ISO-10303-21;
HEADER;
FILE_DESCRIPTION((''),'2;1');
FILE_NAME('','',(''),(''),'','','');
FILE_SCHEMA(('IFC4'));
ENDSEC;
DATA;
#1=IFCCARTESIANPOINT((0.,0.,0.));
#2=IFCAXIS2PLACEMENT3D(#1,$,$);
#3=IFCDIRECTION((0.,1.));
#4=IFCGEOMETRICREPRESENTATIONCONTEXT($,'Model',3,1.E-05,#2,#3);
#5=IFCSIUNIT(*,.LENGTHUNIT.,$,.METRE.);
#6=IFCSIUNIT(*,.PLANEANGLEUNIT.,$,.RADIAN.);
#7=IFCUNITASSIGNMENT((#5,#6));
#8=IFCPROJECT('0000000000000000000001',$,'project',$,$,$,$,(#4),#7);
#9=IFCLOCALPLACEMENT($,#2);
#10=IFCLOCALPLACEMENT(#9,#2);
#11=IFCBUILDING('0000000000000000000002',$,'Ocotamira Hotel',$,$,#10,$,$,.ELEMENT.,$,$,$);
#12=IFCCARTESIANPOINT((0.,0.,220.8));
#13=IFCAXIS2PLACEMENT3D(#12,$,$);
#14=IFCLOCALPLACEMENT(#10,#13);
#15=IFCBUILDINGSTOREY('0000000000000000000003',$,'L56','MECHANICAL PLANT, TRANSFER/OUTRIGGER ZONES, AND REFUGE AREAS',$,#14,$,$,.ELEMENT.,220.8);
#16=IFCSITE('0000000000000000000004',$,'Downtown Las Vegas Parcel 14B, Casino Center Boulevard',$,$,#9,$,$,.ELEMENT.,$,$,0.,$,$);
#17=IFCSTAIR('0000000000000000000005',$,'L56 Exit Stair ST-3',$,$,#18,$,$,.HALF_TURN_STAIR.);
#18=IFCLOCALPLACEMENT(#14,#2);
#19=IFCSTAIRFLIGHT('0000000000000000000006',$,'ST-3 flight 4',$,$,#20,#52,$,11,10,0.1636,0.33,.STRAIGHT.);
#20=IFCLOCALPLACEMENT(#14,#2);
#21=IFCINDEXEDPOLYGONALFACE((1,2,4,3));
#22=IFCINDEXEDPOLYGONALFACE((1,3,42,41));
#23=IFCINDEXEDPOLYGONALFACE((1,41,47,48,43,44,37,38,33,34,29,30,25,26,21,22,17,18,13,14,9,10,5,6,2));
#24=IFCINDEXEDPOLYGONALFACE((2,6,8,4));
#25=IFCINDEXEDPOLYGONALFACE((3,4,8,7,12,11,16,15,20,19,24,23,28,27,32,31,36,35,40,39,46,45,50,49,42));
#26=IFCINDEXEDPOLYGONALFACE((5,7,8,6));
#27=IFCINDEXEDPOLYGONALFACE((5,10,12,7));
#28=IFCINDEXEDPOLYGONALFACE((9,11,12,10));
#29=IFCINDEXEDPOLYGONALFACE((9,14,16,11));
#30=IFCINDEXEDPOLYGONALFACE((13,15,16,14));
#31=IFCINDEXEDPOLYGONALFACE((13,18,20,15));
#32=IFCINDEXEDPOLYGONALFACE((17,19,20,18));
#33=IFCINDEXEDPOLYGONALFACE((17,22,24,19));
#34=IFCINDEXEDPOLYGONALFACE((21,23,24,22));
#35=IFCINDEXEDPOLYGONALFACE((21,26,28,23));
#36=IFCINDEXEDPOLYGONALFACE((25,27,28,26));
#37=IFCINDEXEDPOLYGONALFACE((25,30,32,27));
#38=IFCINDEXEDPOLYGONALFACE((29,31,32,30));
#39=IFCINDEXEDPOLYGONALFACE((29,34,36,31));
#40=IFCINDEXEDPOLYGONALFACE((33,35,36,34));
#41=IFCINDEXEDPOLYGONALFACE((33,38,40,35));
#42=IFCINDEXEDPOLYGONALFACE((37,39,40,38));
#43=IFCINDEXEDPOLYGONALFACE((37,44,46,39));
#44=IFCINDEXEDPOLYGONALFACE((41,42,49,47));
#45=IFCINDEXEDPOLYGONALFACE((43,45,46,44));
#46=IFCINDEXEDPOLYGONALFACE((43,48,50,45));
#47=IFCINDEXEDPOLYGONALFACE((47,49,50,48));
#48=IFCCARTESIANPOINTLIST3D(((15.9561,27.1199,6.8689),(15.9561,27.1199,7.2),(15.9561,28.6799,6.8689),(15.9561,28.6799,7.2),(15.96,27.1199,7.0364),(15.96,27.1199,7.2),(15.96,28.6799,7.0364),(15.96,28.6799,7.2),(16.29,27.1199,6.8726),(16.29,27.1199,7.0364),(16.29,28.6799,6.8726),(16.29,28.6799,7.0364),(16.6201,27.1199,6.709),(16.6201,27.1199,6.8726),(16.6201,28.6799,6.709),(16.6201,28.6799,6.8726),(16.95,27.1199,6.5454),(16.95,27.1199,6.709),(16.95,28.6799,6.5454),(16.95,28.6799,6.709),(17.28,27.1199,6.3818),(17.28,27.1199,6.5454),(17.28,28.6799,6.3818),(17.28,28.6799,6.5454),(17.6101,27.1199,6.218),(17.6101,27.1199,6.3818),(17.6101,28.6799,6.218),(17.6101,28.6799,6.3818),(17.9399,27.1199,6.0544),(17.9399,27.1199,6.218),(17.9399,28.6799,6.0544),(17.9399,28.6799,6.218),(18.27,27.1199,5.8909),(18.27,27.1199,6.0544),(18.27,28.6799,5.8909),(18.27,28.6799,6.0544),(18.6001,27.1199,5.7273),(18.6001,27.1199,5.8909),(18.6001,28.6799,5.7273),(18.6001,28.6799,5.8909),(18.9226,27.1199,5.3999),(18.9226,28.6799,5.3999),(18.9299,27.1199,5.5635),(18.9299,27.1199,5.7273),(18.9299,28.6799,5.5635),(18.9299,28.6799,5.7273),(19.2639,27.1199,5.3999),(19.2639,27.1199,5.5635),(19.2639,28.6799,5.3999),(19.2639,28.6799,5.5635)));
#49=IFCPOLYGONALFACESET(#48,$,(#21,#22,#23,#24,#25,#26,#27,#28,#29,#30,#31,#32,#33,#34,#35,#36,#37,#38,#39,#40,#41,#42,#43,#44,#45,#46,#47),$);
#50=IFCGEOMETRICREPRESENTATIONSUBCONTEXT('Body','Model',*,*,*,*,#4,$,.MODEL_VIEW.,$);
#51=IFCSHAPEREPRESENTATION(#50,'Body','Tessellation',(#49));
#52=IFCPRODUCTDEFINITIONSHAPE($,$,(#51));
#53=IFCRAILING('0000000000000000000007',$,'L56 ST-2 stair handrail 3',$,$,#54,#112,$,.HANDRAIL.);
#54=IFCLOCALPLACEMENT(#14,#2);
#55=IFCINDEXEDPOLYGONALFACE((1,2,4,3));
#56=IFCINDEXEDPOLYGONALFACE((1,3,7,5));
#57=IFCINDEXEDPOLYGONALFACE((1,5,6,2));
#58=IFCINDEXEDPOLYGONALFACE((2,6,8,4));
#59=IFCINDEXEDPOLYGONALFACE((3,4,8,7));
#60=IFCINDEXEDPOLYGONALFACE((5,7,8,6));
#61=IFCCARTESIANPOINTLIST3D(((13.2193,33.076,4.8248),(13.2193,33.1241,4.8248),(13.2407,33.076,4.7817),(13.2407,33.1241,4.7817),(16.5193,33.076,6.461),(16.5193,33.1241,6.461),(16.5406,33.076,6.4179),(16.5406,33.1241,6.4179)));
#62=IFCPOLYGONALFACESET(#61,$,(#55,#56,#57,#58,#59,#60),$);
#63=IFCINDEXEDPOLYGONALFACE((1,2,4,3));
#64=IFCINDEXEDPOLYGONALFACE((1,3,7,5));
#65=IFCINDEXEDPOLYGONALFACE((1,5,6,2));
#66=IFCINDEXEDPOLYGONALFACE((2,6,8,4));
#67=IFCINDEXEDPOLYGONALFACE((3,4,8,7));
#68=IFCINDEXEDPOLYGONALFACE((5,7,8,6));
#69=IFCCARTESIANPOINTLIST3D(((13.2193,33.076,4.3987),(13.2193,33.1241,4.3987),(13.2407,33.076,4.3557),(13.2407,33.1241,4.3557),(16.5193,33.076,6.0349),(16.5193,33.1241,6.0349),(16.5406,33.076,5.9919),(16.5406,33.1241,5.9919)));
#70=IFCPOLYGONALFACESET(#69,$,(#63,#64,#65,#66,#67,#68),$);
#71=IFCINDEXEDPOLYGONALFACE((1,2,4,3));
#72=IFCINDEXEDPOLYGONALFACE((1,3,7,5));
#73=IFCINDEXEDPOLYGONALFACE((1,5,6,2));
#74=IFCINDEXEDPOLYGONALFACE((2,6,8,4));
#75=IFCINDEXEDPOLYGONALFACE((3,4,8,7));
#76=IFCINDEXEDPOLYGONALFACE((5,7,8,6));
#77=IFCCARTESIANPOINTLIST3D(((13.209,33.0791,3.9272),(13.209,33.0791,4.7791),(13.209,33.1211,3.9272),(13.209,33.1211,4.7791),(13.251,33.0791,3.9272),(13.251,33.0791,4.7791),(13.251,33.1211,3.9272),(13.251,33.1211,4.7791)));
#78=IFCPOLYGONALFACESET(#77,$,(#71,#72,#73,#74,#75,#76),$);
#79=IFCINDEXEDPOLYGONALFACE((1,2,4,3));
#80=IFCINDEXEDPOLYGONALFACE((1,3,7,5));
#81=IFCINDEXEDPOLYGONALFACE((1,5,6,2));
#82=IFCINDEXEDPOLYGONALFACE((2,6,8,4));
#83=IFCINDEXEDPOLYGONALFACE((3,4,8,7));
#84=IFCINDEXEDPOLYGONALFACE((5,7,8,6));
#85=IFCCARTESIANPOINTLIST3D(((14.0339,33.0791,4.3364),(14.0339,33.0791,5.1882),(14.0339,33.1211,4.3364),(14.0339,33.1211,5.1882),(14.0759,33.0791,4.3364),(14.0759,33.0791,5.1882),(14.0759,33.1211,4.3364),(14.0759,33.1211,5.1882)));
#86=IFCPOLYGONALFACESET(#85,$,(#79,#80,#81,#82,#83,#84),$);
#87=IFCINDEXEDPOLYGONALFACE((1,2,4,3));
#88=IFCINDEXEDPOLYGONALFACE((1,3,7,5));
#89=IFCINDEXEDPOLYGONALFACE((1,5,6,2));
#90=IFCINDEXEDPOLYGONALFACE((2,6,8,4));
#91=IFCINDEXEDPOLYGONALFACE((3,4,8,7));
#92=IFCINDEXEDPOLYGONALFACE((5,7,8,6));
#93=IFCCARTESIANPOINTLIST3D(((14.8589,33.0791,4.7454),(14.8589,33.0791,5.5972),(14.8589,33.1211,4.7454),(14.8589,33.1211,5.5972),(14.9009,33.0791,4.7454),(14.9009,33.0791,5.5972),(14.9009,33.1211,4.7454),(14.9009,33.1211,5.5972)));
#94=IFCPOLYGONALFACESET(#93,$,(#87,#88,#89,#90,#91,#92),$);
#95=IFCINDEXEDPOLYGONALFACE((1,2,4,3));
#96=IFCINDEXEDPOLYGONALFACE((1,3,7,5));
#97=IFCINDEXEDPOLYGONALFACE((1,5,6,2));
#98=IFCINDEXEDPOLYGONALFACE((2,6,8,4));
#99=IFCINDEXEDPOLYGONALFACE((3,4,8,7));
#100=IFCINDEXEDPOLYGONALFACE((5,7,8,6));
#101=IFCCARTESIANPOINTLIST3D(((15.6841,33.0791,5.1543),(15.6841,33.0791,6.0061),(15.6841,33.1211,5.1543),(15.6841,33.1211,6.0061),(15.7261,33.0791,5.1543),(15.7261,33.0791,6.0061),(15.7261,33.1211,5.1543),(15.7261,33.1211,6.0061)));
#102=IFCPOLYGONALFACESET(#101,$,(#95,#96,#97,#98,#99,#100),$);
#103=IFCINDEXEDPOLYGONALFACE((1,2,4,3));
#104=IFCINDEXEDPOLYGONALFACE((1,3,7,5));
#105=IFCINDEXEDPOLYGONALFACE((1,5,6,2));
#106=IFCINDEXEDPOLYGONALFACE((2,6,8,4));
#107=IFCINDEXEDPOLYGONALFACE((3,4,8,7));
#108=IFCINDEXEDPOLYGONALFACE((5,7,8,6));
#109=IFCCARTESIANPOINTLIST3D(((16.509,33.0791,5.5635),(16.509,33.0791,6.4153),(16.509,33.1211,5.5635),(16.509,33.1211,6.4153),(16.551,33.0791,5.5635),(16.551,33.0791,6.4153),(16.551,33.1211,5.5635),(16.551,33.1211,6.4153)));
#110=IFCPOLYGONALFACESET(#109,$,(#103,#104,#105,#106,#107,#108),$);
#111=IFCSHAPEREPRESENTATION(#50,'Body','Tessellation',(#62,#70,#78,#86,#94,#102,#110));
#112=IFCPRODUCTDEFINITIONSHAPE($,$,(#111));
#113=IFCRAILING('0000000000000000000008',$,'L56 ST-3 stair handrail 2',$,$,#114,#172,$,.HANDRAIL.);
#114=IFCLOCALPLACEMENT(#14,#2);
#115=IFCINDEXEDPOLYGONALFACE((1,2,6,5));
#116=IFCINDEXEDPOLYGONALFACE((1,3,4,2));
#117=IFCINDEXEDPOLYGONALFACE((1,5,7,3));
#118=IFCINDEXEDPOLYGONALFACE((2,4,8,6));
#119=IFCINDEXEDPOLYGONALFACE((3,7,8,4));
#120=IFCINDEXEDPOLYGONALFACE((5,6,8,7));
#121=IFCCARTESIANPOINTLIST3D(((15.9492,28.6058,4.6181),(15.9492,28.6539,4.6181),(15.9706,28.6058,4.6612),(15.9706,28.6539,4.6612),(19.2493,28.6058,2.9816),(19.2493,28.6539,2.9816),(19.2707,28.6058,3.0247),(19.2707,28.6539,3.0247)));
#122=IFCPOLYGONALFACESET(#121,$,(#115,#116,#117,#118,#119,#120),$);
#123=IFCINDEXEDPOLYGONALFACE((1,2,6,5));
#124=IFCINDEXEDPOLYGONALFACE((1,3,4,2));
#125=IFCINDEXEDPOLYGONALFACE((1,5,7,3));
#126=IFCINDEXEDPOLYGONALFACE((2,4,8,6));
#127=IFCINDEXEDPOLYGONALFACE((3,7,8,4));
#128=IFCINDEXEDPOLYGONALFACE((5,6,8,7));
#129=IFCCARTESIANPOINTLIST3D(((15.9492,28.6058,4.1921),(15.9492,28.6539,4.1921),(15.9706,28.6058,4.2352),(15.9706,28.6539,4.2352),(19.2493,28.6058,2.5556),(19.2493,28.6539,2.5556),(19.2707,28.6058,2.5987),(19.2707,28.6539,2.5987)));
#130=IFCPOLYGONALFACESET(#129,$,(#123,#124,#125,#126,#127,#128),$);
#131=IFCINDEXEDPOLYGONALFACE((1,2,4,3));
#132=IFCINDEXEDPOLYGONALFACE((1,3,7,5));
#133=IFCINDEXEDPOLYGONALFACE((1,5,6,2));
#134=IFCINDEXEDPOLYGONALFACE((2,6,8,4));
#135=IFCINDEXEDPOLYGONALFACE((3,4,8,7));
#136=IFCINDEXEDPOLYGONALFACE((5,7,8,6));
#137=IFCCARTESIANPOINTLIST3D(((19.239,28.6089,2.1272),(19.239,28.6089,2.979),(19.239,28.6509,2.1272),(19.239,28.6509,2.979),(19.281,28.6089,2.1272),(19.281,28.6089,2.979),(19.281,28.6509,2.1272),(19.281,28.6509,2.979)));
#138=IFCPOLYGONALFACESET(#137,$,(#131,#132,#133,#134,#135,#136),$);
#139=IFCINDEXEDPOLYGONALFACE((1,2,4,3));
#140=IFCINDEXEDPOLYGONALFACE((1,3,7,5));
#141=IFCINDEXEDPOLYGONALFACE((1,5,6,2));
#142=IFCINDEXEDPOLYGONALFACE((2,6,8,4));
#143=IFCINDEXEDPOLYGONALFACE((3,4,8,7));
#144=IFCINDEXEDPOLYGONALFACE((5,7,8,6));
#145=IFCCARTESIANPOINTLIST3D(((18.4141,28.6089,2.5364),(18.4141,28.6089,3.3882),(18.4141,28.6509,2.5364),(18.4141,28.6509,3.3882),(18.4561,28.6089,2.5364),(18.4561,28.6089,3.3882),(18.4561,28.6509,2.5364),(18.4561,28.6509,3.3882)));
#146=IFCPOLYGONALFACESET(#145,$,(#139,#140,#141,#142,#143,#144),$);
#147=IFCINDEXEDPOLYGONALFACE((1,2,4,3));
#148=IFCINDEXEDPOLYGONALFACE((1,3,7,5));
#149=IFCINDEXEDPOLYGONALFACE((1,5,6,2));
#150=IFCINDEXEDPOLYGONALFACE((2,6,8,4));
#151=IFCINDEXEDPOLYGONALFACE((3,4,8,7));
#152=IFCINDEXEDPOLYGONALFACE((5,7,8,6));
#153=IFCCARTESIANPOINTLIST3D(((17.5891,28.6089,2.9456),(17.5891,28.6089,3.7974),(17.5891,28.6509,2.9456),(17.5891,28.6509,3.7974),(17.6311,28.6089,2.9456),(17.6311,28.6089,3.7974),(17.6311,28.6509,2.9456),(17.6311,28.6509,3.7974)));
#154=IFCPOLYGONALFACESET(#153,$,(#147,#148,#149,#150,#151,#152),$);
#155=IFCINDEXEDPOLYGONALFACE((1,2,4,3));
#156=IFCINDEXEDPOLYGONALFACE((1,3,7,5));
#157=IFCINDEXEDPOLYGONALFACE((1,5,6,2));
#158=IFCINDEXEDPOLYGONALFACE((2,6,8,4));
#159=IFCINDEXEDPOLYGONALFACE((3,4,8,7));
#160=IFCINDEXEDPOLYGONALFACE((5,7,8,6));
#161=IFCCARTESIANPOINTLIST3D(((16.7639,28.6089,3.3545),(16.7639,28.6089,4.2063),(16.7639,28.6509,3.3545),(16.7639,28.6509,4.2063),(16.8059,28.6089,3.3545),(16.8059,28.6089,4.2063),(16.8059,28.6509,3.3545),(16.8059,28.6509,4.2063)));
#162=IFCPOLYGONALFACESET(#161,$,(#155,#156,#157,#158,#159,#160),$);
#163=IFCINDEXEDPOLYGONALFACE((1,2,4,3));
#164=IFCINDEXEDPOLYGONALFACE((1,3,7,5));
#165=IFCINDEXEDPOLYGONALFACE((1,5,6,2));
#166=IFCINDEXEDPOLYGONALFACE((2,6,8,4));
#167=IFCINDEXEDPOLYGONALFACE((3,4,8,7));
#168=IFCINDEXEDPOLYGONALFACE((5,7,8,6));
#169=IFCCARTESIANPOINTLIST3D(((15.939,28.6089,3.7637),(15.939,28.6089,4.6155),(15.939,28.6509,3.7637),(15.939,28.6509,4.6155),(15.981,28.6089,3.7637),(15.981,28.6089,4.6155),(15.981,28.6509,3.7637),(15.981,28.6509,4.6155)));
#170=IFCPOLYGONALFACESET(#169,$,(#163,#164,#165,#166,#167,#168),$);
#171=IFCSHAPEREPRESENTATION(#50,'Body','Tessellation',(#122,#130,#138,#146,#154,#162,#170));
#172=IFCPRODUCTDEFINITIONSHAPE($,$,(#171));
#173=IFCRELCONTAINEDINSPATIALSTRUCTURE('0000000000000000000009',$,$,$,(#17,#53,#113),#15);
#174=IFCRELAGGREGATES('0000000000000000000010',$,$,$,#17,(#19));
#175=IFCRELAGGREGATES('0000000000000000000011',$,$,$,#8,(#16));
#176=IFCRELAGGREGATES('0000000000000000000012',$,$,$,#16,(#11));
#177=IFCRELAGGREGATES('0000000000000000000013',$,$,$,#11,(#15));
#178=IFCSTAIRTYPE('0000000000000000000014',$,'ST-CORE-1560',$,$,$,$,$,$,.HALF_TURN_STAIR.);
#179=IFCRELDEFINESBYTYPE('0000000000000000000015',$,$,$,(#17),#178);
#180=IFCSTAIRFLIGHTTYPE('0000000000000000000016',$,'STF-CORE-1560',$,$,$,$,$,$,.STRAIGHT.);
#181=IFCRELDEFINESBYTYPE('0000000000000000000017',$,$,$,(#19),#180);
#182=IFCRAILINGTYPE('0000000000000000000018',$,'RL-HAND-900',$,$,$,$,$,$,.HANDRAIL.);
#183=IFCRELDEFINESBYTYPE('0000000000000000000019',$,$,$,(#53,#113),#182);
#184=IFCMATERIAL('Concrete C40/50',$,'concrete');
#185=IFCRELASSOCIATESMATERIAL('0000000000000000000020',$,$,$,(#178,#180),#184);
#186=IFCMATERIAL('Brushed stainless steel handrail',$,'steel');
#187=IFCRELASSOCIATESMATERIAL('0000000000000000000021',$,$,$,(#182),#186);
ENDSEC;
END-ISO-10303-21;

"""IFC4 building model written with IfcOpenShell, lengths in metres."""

from ifc_helpers import new_model, si_unit, direction, frame, origin, origin_2d, place, context, subcontext, project, spatial, polyline, rectangle, outline, extrude, source, transform, mapped, material, type_object, element, aggregate, save


model = new_model("IFC4")

# Units and contexts
model_context = context("Model", 3, precision=1e-05, world=origin(), true_north=direction((0.0, 1.0)))
body_context = subcontext(model_context, "Body", "Model", "MODEL_VIEW")
ifc_project = project(units=[si_unit("LENGTHUNIT", "METRE"), si_unit("PLANEANGLEUNIT", "RADIAN")], contexts=[model_context])

# Site, building, storey
site_placement = place(None, origin())
site = spatial("IfcSite", under=ifc_project, at=site_placement, Name="Downtown Las Vegas Parcel 14B, Casino Center Boulevard", CompositionType="ELEMENT", RefElevation=0.0)
building_placement = place(site_placement, origin())
building = spatial("IfcBuilding", under=site, at=building_placement, Name="Ocotamira Hotel", CompositionType="ELEMENT")
storey_placement = place(building_placement, frame((0.0, 0.0, 220.8)))
storey = spatial("IfcBuildingStorey", under=building, at=storey_placement, Name="L56", Description="MECHANICAL PLANT, TRANSFER/OUTRIGGER ZONES, AND REFUGE AREAS", CompositionType="ELEMENT", Elevation=220.8)

# Stair, stair flight
ifc_material_1 = material(Name="Concrete C40/50", Category="concrete")
stair_type = type_object("IfcStairType", Name="ST-CORE-1560", PredefinedType="HALF_TURN_STAIR", material=ifc_material_1)
stair_flight_type = type_object("IfcStairFlightType", Name="STF-CORE-1560", PredefinedType="STRAIGHT", material=ifc_material_1)
shared_shape_1 = source(origin(), body_context, "Body", "SweptSolid", [
    extrude(outline(polyline([(-0.0039, 0.0), (-0.0039, 0.1636), (0.3301, 0.1636), (0.3301, 0.3274), (0.6599, 0.3274), (0.6599, 0.491), (0.99, 0.491), (0.99, 0.6545), (1.3201, 0.6545), (1.3201, 0.8181), (1.6499, 0.8181), (1.6499, 0.9819), (1.98, 0.9819), (1.98, 1.1455), (2.3101, 1.1455), (2.3101, 1.3091), (2.6399, 1.3091), (2.6399, 1.4727), (2.97, 1.4727), (2.97, 1.6365), (3.3, 1.6365), (3.3, 1.8), (3.304, 1.8), (3.304, 1.469), (0.3374, 0.0), (-0.0039, 0.0)])), frame((0.0, 0.78, 0.0), z_axis=(0.0, -1.0, 0.0), x_axis=(1.0, 0.0, 0.0)), (0.0, 0.0, 1.0), 1.5601),
])
stair_1_placement = place(storey_placement, origin())
stair_1 = element("IfcStair", 1, at=stair_1_placement, inside=storey, type_object=stair_type, Name="L56 Exit Stair ST-3", PredefinedType="HALF_TURN_STAIR")
stair_flight_1_placement = place(storey_placement, frame((19.26, 27.8999, 5.3999), z_axis=(0.0, 0.0, 1.0), x_axis=(-1.0, 0.0, 0.0)))
stair_flight_1 = element("IfcStairFlight", 2, at=stair_flight_1_placement, type_object=stair_flight_type, Name="ST-3 flight 4", NumberOfRisers=11, NumberOfTreads=10, PredefinedType="STRAIGHT", RiserHeight=0.1636, TreadLength=0.33, context=body_context, shape_type="MappedRepresentation", body=[
    mapped(shared_shape_1, transform((0.0, 0.0, 0.0), scale=1.0)),
])
aggregate(stair_1, [stair_flight_1])

# Railings
ifc_material_2 = material(Name="Brushed stainless steel handrail", Category="steel")
railing_type_1 = type_object("IfcRailingType", Name="RL-HAND-900", PredefinedType="HANDRAIL", material=ifc_material_2)
railing_1_placement = place(storey_placement, frame((13.23, 33.1001, 3.9272)))
element("IfcRailing", 3, at=railing_1_placement, inside=storey, type_object=railing_type_1, Name="L56 ST-2 stair handrail 3", PredefinedType="HANDRAIL", context=body_context, shape_type="SweptSolid", body=[
    extrude(rectangle(XDim=0.0481, YDim=0.0481, at=origin_2d()), frame((0.0, 0.0, 0.876), z_axis=(0.89592, 0.0, 0.444215), x_axis=(0.0, 1.0, 0.0)), (0.0, 0.0, 1.0), 3.6833),
    extrude(rectangle(XDim=0.0481, YDim=0.0481, at=origin_2d()), frame((0.0, 0.0, 0.45), z_axis=(0.89592, 0.0, 0.444215), x_axis=(0.0, 1.0, 0.0)), (0.0, 0.0, 1.0), 3.6833),
    extrude(rectangle(XDim=0.042, YDim=0.042, at=origin_2d()), origin(), (0.0, 0.0, 1.0), 0.8518),
    extrude(rectangle(XDim=0.042, YDim=0.042, at=origin_2d()), frame((0.825, 0.0, 0.4092)), (0.0, 0.0, 1.0), 0.8518),
    extrude(rectangle(XDim=0.042, YDim=0.042, at=origin_2d()), frame((1.6499, 0.0, 0.8181)), (0.0, 0.0, 1.0), 0.8518),
    extrude(rectangle(XDim=0.042, YDim=0.042, at=origin_2d()), frame((2.4751, 0.0, 1.2271)), (0.0, 0.0, 1.0), 0.8518),
    extrude(rectangle(XDim=0.042, YDim=0.042, at=origin_2d()), frame((3.3, 0.0, 1.6362)), (0.0, 0.0, 1.0), 0.8518),
])
railing_2_placement = place(storey_placement, frame((19.26, 28.6299, 2.1272)))
element("IfcRailing", 4, at=railing_2_placement, inside=storey, type_object=railing_type_1, Name="L56 ST-3 stair handrail 2", PredefinedType="HANDRAIL", context=body_context, shape_type="SweptSolid", body=[
    extrude(rectangle(XDim=0.0481, YDim=0.0481, at=origin_2d()), frame((0.0, 0.0, 0.876), z_axis=(-0.895894, 0.0, 0.444268), x_axis=(0.0, -1.0, 0.0)), (0.0, 0.0, 1.0), 3.6836),
    extrude(rectangle(XDim=0.0481, YDim=0.0481, at=origin_2d()), frame((0.0, 0.0, 0.45), z_axis=(-0.895894, 0.0, 0.444268), x_axis=(0.0, -1.0, 0.0)), (0.0, 0.0, 1.0), 3.6836),
    extrude(rectangle(XDim=0.042, YDim=0.042, at=origin_2d()), origin(), (0.0, 0.0, 1.0), 0.8518),
    extrude(rectangle(XDim=0.042, YDim=0.042, at=origin_2d()), frame((-0.825, 0.0, 0.4092)), (0.0, 0.0, 1.0), 0.8518),
    extrude(rectangle(XDim=0.042, YDim=0.042, at=origin_2d()), frame((-1.6499, 0.0, 0.8184)), (0.0, 0.0, 1.0), 0.8518),
    extrude(rectangle(XDim=0.042, YDim=0.042, at=origin_2d()), frame((-2.4751, 0.0, 1.2273)), (0.0, 0.0, 1.0), 0.8518),
    extrude(rectangle(XDim=0.042, YDim=0.042, at=origin_2d()), frame((-3.3, 0.0, 1.6365)), (0.0, 0.0, 1.0), 0.8518),
])

save(model, "model.ifc")
